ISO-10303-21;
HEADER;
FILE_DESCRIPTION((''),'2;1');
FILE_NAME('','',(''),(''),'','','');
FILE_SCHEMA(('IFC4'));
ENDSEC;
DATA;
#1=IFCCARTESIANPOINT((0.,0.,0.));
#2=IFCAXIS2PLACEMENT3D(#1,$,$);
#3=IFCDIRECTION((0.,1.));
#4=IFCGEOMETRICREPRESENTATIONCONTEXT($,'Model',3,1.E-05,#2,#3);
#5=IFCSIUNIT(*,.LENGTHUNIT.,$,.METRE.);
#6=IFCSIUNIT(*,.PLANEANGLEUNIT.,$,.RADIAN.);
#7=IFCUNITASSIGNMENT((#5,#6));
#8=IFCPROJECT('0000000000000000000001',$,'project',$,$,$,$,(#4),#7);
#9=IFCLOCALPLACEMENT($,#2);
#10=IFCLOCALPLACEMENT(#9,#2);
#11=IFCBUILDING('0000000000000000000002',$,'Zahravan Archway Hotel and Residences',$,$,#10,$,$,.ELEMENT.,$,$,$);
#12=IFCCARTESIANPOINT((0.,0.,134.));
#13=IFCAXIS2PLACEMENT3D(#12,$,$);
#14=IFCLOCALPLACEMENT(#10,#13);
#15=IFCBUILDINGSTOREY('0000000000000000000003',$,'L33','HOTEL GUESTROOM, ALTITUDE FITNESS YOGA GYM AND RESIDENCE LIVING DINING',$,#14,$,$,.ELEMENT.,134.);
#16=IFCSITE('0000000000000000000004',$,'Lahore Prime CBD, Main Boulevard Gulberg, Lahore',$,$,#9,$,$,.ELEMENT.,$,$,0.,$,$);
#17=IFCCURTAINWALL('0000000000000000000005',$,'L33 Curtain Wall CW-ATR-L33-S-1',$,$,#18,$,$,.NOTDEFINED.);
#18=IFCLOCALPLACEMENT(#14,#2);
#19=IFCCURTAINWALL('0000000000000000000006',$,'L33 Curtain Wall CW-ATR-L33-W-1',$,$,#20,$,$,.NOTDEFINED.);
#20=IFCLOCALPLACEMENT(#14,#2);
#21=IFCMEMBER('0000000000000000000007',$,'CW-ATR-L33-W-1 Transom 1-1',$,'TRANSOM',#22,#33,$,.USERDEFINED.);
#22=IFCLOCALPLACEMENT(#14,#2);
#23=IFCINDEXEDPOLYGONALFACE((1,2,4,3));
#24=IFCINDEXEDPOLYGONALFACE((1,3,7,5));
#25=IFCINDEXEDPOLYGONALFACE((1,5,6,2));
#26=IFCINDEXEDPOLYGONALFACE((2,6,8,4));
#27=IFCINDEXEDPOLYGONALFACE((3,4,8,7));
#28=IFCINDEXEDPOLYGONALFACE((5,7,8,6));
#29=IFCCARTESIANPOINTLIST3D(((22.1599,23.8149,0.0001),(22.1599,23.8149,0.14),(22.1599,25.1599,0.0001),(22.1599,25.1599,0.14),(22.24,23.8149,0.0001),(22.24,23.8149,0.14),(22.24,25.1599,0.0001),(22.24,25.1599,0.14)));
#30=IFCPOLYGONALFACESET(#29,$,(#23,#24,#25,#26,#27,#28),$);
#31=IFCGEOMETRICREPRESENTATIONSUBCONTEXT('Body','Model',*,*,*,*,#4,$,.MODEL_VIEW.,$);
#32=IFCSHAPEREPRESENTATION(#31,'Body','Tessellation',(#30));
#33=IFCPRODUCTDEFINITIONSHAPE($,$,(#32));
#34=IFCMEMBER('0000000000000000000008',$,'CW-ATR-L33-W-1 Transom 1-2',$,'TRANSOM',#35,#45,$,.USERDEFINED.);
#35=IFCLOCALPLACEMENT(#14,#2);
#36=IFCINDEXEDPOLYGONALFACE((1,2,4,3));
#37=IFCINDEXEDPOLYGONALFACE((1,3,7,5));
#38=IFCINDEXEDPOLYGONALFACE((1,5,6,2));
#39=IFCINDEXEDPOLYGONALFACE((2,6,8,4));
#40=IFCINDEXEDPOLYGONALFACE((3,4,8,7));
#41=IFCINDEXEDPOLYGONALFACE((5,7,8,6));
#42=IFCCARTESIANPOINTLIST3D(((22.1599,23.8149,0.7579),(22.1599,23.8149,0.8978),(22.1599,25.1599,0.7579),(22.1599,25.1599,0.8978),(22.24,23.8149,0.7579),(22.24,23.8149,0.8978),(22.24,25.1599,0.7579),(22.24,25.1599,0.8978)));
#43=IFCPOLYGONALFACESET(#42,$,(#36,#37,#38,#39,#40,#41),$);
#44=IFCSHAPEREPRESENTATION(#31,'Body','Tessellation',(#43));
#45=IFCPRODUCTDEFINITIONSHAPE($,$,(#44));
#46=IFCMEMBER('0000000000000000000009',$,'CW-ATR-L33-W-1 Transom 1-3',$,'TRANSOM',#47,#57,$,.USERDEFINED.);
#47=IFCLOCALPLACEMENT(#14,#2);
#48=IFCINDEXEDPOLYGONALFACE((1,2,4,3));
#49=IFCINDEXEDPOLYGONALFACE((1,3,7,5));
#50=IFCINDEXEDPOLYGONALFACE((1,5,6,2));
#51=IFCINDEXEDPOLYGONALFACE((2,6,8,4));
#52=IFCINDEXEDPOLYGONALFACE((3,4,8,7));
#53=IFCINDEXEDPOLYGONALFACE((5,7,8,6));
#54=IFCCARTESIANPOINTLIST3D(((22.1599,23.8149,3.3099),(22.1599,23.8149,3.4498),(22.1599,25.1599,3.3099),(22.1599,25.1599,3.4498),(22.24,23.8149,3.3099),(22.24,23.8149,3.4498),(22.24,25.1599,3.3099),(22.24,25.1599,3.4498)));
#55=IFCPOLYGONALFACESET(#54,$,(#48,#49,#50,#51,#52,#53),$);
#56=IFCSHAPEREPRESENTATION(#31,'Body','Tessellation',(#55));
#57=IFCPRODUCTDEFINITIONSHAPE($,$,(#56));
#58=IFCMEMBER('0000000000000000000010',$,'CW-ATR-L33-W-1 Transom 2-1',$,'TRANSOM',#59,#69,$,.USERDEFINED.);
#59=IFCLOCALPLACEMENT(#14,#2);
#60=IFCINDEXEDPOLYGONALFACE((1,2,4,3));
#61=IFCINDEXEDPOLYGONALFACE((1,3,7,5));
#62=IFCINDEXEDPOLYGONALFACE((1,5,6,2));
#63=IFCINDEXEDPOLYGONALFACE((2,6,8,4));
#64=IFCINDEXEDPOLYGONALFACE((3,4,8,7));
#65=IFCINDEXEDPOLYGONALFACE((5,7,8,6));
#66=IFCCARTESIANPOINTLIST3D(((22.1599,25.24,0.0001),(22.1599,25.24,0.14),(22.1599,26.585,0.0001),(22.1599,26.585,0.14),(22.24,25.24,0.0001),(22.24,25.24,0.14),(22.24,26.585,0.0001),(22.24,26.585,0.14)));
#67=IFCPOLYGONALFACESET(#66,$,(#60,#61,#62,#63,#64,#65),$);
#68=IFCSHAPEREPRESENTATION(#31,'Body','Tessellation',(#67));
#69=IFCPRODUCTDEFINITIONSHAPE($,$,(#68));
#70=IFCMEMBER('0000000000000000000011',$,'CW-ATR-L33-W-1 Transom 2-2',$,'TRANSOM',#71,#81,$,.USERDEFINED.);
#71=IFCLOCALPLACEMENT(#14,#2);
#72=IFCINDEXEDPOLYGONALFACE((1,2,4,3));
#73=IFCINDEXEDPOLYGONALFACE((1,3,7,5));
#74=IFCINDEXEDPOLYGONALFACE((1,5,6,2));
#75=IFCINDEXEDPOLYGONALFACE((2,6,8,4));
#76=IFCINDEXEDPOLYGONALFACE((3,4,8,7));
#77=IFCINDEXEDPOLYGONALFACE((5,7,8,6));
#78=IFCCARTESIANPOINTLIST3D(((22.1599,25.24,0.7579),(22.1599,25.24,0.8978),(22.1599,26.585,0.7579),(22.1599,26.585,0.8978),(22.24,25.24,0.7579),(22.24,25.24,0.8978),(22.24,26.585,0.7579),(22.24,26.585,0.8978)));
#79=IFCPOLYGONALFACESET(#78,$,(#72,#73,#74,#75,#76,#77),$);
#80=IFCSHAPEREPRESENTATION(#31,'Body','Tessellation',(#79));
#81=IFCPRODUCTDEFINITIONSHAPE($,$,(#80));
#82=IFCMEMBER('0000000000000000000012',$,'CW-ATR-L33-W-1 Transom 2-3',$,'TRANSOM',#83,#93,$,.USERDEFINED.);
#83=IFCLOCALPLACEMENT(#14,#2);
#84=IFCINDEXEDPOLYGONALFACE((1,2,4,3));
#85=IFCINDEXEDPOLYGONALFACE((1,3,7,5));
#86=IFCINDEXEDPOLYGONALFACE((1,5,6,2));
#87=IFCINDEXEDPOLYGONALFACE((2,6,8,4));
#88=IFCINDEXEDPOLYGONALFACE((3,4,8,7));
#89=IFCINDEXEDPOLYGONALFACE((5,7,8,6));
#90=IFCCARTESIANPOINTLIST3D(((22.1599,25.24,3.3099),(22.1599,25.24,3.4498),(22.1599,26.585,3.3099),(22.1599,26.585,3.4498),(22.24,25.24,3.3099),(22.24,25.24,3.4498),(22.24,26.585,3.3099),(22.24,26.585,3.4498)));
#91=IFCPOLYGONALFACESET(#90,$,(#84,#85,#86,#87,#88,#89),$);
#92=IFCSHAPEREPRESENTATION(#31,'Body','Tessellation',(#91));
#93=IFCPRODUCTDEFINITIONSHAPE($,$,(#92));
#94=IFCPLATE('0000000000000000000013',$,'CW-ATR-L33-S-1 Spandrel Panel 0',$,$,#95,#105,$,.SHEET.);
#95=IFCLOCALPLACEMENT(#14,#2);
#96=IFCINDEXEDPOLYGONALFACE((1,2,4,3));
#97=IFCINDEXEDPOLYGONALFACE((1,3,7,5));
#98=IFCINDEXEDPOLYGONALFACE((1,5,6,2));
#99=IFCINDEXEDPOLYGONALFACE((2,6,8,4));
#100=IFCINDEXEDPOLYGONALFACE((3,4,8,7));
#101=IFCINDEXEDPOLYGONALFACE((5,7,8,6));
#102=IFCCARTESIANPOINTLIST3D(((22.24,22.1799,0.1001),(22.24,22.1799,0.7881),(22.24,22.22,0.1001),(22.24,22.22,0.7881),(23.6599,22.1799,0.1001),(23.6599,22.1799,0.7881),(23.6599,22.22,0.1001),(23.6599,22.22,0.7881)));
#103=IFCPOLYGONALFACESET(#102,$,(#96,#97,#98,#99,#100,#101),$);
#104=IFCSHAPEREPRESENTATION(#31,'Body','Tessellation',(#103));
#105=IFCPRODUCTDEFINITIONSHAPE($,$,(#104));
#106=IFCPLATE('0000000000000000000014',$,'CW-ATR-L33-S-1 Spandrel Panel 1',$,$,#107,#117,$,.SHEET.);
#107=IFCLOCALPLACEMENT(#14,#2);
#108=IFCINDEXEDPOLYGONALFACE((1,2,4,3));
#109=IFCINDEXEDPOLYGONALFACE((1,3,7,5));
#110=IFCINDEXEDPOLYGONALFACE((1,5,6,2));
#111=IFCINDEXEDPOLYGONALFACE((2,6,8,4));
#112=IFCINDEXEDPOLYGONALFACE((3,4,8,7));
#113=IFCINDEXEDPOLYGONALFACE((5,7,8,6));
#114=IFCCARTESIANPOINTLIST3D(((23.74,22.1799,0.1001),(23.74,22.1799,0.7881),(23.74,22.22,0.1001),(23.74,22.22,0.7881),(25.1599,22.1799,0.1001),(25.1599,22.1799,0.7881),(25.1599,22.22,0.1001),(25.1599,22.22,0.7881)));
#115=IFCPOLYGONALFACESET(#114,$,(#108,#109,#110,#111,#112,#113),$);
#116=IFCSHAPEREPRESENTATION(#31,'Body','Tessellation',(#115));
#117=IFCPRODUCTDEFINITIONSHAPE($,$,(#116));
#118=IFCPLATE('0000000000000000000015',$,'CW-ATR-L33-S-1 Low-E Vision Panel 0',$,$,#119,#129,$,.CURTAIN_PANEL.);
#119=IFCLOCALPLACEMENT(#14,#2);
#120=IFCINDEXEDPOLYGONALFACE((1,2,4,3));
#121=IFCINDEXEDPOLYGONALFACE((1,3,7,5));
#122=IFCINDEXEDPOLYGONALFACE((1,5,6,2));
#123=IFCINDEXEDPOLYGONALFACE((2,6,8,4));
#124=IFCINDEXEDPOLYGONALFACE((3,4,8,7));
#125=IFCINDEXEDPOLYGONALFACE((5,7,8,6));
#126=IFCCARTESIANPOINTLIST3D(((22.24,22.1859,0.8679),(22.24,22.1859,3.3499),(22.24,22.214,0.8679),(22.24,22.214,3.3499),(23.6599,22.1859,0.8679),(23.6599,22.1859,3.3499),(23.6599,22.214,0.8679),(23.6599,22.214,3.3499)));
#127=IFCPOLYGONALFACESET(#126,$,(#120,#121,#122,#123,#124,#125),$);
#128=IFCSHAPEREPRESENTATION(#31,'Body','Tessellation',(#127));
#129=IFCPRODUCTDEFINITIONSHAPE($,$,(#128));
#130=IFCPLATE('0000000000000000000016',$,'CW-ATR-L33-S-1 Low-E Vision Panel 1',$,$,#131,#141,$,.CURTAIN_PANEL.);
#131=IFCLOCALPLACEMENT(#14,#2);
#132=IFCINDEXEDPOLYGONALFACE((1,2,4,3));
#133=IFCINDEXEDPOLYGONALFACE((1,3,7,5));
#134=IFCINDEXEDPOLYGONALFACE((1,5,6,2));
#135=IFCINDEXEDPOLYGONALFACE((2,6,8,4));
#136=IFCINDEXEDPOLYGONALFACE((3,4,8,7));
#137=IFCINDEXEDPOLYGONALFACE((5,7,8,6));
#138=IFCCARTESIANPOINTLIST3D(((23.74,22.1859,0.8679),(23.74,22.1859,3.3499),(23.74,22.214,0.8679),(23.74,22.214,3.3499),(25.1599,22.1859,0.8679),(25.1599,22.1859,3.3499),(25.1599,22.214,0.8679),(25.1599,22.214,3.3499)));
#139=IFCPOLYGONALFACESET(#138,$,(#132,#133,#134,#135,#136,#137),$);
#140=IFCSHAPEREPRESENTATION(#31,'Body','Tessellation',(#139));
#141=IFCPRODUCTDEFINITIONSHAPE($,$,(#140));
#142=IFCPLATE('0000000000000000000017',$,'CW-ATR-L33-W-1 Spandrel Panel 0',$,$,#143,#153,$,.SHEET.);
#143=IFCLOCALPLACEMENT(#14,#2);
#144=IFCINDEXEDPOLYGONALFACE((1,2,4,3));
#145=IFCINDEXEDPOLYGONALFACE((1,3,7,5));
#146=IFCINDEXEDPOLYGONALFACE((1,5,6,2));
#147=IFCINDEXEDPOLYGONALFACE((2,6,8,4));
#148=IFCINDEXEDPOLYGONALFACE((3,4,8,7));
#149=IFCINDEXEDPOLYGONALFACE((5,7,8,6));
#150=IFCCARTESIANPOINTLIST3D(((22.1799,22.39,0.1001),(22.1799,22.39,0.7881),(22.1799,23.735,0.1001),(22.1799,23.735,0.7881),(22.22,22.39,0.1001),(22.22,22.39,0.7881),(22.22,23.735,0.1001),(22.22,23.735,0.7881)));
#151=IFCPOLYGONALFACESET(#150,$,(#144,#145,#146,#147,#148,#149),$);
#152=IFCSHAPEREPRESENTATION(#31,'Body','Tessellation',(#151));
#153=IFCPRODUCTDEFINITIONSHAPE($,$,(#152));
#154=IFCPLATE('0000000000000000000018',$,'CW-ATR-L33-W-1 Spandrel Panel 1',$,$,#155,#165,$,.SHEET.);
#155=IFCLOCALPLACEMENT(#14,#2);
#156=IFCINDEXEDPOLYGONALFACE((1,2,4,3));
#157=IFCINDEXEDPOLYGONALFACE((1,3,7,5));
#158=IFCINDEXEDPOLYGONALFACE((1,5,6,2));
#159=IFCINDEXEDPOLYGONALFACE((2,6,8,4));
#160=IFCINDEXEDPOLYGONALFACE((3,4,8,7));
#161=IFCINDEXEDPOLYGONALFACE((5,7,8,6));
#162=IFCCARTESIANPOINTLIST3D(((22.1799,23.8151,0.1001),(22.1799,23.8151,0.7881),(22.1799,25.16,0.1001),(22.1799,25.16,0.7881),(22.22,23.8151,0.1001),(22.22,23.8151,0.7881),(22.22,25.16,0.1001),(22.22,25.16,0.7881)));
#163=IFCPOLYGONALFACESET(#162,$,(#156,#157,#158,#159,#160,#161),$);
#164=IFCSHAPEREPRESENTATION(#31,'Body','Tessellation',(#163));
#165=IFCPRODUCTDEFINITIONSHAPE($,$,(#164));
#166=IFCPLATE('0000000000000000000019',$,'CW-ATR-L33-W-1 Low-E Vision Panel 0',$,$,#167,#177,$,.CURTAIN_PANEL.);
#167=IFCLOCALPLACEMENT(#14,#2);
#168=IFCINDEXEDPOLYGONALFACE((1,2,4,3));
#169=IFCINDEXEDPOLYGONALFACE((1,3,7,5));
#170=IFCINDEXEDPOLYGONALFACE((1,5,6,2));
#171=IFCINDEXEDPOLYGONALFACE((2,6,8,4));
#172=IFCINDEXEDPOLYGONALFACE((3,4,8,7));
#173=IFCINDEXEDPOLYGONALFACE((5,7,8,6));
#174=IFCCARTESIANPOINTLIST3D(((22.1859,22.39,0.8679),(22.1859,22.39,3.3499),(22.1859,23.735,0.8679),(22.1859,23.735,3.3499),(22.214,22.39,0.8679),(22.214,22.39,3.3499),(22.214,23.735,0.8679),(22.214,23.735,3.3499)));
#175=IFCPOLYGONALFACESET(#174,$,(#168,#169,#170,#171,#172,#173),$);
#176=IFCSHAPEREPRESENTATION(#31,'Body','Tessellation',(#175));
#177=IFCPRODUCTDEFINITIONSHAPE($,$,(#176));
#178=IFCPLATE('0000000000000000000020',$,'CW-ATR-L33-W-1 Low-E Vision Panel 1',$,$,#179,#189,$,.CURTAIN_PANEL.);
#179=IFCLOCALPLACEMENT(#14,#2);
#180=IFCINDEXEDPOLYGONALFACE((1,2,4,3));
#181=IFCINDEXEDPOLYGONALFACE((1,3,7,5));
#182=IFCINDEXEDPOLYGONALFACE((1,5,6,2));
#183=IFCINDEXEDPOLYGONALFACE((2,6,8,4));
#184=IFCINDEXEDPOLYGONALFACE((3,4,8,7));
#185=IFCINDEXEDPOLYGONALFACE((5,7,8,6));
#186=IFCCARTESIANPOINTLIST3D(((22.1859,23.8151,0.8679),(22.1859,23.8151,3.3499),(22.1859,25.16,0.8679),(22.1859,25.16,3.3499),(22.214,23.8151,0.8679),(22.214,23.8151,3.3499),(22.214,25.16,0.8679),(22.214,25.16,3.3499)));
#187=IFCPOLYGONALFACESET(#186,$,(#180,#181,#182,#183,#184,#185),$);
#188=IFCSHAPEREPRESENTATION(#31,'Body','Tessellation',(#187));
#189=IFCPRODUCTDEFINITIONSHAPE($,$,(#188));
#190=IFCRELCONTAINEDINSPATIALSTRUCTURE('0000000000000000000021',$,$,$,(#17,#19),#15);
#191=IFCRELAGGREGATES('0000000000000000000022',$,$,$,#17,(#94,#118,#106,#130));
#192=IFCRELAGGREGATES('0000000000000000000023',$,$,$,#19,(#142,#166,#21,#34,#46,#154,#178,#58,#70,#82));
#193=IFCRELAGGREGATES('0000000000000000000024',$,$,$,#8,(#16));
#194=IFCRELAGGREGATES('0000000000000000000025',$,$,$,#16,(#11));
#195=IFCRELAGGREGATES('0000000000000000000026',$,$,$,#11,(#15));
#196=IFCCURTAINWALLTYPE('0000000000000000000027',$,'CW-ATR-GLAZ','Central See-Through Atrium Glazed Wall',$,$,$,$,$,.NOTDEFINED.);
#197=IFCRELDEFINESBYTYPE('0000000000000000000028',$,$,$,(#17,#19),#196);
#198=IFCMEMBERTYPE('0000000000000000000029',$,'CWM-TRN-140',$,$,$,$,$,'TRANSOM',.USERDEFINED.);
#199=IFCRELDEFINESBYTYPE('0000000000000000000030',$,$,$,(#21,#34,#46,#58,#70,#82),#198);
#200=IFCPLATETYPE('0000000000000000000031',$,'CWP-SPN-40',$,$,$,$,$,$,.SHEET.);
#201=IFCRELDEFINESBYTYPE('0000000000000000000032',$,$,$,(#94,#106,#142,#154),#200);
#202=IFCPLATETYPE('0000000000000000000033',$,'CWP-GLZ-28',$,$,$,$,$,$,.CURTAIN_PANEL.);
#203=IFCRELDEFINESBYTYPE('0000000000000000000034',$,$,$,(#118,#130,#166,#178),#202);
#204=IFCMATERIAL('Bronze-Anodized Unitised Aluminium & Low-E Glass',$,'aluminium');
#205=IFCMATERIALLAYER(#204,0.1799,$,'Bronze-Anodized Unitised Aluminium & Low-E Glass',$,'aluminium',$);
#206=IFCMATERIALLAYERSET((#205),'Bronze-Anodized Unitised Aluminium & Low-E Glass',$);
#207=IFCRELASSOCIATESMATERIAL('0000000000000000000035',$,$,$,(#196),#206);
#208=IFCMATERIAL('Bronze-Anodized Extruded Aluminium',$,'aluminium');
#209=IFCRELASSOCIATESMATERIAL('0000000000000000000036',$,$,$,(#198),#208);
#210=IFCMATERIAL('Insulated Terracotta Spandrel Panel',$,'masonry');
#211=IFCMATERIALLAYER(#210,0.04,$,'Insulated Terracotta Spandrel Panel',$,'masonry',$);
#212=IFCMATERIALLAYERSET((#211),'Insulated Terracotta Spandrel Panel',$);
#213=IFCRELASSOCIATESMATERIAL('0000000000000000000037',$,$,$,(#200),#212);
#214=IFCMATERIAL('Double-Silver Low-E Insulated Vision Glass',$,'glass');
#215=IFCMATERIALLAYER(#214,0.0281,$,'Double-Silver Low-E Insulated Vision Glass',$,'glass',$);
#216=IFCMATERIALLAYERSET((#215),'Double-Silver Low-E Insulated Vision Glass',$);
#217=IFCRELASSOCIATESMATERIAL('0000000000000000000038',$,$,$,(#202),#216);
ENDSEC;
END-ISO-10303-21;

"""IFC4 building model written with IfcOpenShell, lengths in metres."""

from ifc_helpers import new_model, si_unit, direction, frame, origin, origin_2d, place, context, subcontext, project, spatial, rectangle, extrude, source, transform, mapped, material, layer, layer_set, material_profile, profile_set, type_object, element, aggregate, save


model = new_model("IFC4")

# Units and contexts
model_context = context("Model", 3, precision=1e-05, world=origin(), true_north=direction((0.0, 1.0)))
body_context = subcontext(model_context, "Body", "Model", "MODEL_VIEW")
ifc_project = project(units=[si_unit("LENGTHUNIT", "METRE"), si_unit("PLANEANGLEUNIT", "RADIAN")], contexts=[model_context])

# Site, building, storey
site_placement = place(None, origin())
site = spatial("IfcSite", under=ifc_project, at=site_placement, Name="Lahore Prime CBD, Main Boulevard Gulberg, Lahore", CompositionType="ELEMENT", RefElevation=0.0)
building_placement = place(site_placement, origin())
building = spatial("IfcBuilding", under=site, at=building_placement, Name="Zahravan Archway Hotel and Residences", CompositionType="ELEMENT")
storey_placement = place(building_placement, frame((0.0, 0.0, 134.0)))
storey = spatial("IfcBuildingStorey", under=building, at=storey_placement, Name="L33", Description="HOTEL GUESTROOM, ALTITUDE FITNESS YOGA GYM AND RESIDENCE LIVING DINING", CompositionType="ELEMENT", Elevation=134.0)

# Curtain walls
ifc_material_1 = material(Name="Bronze-Anodized Unitised Aluminium & Low-E Glass", Category="aluminium")
ifc_layer_1 = layer(ifc_material_1, 0.1799, Name="Bronze-Anodized Unitised Aluminium & Low-E Glass", Category="aluminium")
ifc_layer_set_1 = layer_set([ifc_layer_1], Name="Bronze-Anodized Unitised Aluminium & Low-E Glass")
curtain_wall_type = type_object("IfcCurtainWallType", Name="CW-ATR-GLAZ", Description="Central See-Through Atrium Glazed Wall", PredefinedType="NOTDEFINED", material=ifc_layer_set_1)
curtain_wall_1_placement = place(storey_placement, origin())
curtain_wall_1 = element("IfcCurtainWall", 1, at=curtain_wall_1_placement, inside=storey, type_object=curtain_wall_type, Name="L33 Curtain Wall CW-ATR-L33-S-1", PredefinedType="NOTDEFINED")
ifc_material_2 = material(Name="Bronze-Anodized Extruded Aluminium", Category="aluminium")
curtain_wall_2_placement = place(storey_placement, origin())
curtain_wall_2 = element("IfcCurtainWall", 2, at=curtain_wall_2_placement, inside=storey, type_object=curtain_wall_type, Name="L33 Curtain Wall CW-ATR-L33-W-1", PredefinedType="NOTDEFINED")

# Members
ifc_material_profile_1 = material_profile(ifc_material_2, rectangle(XDim=0.0801, YDim=0.1399, at=origin_2d()), Name="TRN 80x140", Category="aluminium")
ifc_profile_set_1 = profile_set([ifc_material_profile_1], Name="Bronze-Anodized Extruded Aluminium")
member_type_1 = type_object("IfcMemberType", Name="CWM-TRN-140", ElementType="TRANSOM", PredefinedType="USERDEFINED", material=ifc_profile_set_1)
shared_shape_1 = source(origin(), body_context, "Body", "SweptSolid", [
    extrude(rectangle(XDim=0.0801, YDim=0.1399, at=origin_2d()), origin(), (0.0, 0.0, 1.0), 1.345),
])
member_1_placement = place(storey_placement, frame((22.2, 23.8149, 0.0701), z_axis=(0.0, 1.0, 0.0), x_axis=(-1.0, 0.0, 0.0)))
member_1 = element("IfcMember", 3, at=member_1_placement, type_object=member_type_1, Name="CW-ATR-L33-W-1 Transom 1-1", ObjectType="TRANSOM", PredefinedType="USERDEFINED", context=body_context, shape_type="MappedRepresentation", body=[
    mapped(shared_shape_1, transform((0.0, 0.0, 0.0), scale=1.0)),
])
member_2_placement = place(storey_placement, frame((22.2, 23.8149, 0.8279), z_axis=(0.0, 1.0, 0.0), x_axis=(-1.0, 0.0, 0.0)))
member_2 = element("IfcMember", 4, at=member_2_placement, type_object=member_type_1, Name="CW-ATR-L33-W-1 Transom 1-2", ObjectType="TRANSOM", PredefinedType="USERDEFINED", context=body_context, shape_type="MappedRepresentation", body=[
    mapped(shared_shape_1, transform((0.0, 0.0, 0.0), scale=1.0)),
])
member_3_placement = place(storey_placement, frame((22.2, 23.8149, 3.3799), z_axis=(0.0, 1.0, 0.0), x_axis=(-1.0, 0.0, 0.0)))
member_3 = element("IfcMember", 5, at=member_3_placement, type_object=member_type_1, Name="CW-ATR-L33-W-1 Transom 1-3", ObjectType="TRANSOM", PredefinedType="USERDEFINED", context=body_context, shape_type="MappedRepresentation", body=[
    mapped(shared_shape_1, transform((0.0, 0.0, 0.0), scale=1.0)),
])
member_4_placement = place(storey_placement, frame((22.2, 25.24, 0.0701), z_axis=(0.0, 1.0, 0.0), x_axis=(-1.0, 0.0, 0.0)))
member_4 = element("IfcMember", 6, at=member_4_placement, type_object=member_type_1, Name="CW-ATR-L33-W-1 Transom 2-1", ObjectType="TRANSOM", PredefinedType="USERDEFINED", context=body_context, shape_type="MappedRepresentation", body=[
    mapped(shared_shape_1, transform((0.0, 0.0, 0.0), scale=1.0)),
])
member_5_placement = place(storey_placement, frame((22.2, 25.24, 0.8279), z_axis=(0.0, 1.0, 0.0), x_axis=(-1.0, 0.0, 0.0)))
member_5 = element("IfcMember", 7, at=member_5_placement, type_object=member_type_1, Name="CW-ATR-L33-W-1 Transom 2-2", ObjectType="TRANSOM", PredefinedType="USERDEFINED", context=body_context, shape_type="MappedRepresentation", body=[
    mapped(shared_shape_1, transform((0.0, 0.0, 0.0), scale=1.0)),
])
member_6_placement = place(storey_placement, frame((22.2, 25.24, 3.3799), z_axis=(0.0, 1.0, 0.0), x_axis=(-1.0, 0.0, 0.0)))
member_6 = element("IfcMember", 8, at=member_6_placement, type_object=member_type_1, Name="CW-ATR-L33-W-1 Transom 2-3", ObjectType="TRANSOM", PredefinedType="USERDEFINED", context=body_context, shape_type="MappedRepresentation", body=[
    mapped(shared_shape_1, transform((0.0, 0.0, 0.0), scale=1.0)),
])

# Plates
ifc_material_3 = material(Name="Insulated Terracotta Spandrel Panel", Category="masonry")
ifc_layer_2 = layer(ifc_material_3, 0.04, Name="Insulated Terracotta Spandrel Panel", Category="masonry")
ifc_layer_set_2 = layer_set([ifc_layer_2], Name="Insulated Terracotta Spandrel Panel")
plate_type_1 = type_object("IfcPlateType", Name="CWP-SPN-40", PredefinedType="SHEET", material=ifc_layer_set_2)
shared_shape_2 = source(origin(), body_context, "Body", "SweptSolid", [
    extrude(rectangle(XDim=1.4199, YDim=0.04, at=origin_2d()), origin(), (0.0, 0.0, 1.0), 0.688),
])
plate_1_placement = place(storey_placement, frame((22.95, 22.2, 0.1001), z_axis=(0.0, 0.0, 1.0), x_axis=(1.0, 0.0, 0.0)))
plate_1 = element("IfcPlate", 9, at=plate_1_placement, type_object=plate_type_1, Name="CW-ATR-L33-S-1 Spandrel Panel 0", PredefinedType="SHEET", context=body_context, shape_type="MappedRepresentation", body=[
    mapped(shared_shape_2, transform((0.0, 0.0, 0.0), scale=1.0)),
])
plate_2_placement = place(storey_placement, frame((24.45, 22.2, 0.1001), z_axis=(0.0, 0.0, 1.0), x_axis=(1.0, 0.0, 0.0)))
plate_2 = element("IfcPlate", 10, at=plate_2_placement, type_object=plate_type_1, Name="CW-ATR-L33-S-1 Spandrel Panel 1", PredefinedType="SHEET", context=body_context, shape_type="MappedRepresentation", body=[
    mapped(shared_shape_2, transform((0.0, 0.0, 0.0), scale=1.0)),
])
ifc_material_4 = material(Name="Double-Silver Low-E Insulated Vision Glass", Category="glass")
ifc_layer_3 = layer(ifc_material_4, 0.0281, Name="Double-Silver Low-E Insulated Vision Glass", Category="glass")
ifc_layer_set_3 = layer_set([ifc_layer_3], Name="Double-Silver Low-E Insulated Vision Glass")
plate_type_2 = type_object("IfcPlateType", Name="CWP-GLZ-28", PredefinedType="CURTAIN_PANEL", material=ifc_layer_set_3)
shared_shape_3 = source(origin(), body_context, "Body", "SweptSolid", [
    extrude(rectangle(XDim=1.4199, YDim=0.0281, at=origin_2d()), origin(), (0.0, 0.0, 1.0), 2.4819),
])
plate_3_placement = place(storey_placement, frame((22.95, 22.2, 0.8679), z_axis=(0.0, 0.0, 1.0), x_axis=(1.0, 0.0, 0.0)))
plate_3 = element("IfcPlate", 11, at=plate_3_placement, type_object=plate_type_2, Name="CW-ATR-L33-S-1 Low-E Vision Panel 0", PredefinedType="CURTAIN_PANEL", context=body_context, shape_type="MappedRepresentation", body=[
    mapped(shared_shape_3, transform((0.0, 0.0, 0.0), scale=1.0)),
])
plate_4_placement = place(storey_placement, frame((24.45, 22.2, 0.8679), z_axis=(0.0, 0.0, 1.0), x_axis=(1.0, 0.0, 0.0)))
plate_4 = element("IfcPlate", 12, at=plate_4_placement, type_object=plate_type_2, Name="CW-ATR-L33-S-1 Low-E Vision Panel 1", PredefinedType="CURTAIN_PANEL", context=body_context, shape_type="MappedRepresentation", body=[
    mapped(shared_shape_3, transform((0.0, 0.0, 0.0), scale=1.0)),
])
aggregate(curtain_wall_1, [plate_1, plate_3, plate_2, plate_4])
shared_shape_4 = source(origin(), body_context, "Body", "SweptSolid", [
    extrude(rectangle(XDim=1.345, YDim=0.04, at=origin_2d()), origin(), (0.0, 0.0, 1.0), 0.688),
])
plate_5_placement = place(storey_placement, frame((22.2, 23.0625, 0.1001), z_axis=(0.0, 0.0, 1.0), x_axis=(0.0, 1.0, 0.0)))
plate_5 = element("IfcPlate", 13, at=plate_5_placement, type_object=plate_type_1, Name="CW-ATR-L33-W-1 Spandrel Panel 0", PredefinedType="SHEET", context=body_context, shape_type="MappedRepresentation", body=[
    mapped(shared_shape_4, transform((0.0, 0.0, 0.0), scale=1.0)),
])
plate_6_placement = place(storey_placement, frame((22.2, 24.4875, 0.1001), z_axis=(0.0, 0.0, 1.0), x_axis=(0.0, 1.0, 0.0)))
plate_6 = element("IfcPlate", 14, at=plate_6_placement, type_object=plate_type_1, Name="CW-ATR-L33-W-1 Spandrel Panel 1", PredefinedType="SHEET", context=body_context, shape_type="MappedRepresentation", body=[
    mapped(shared_shape_4, transform((0.0, 0.0, 0.0), scale=1.0)),
])
shared_shape_5 = source(origin(), body_context, "Body", "SweptSolid", [
    extrude(rectangle(XDim=1.345, YDim=0.0281, at=origin_2d()), origin(), (0.0, 0.0, 1.0), 2.4819),
])
plate_7_placement = place(storey_placement, frame((22.2, 23.0625, 0.8679), z_axis=(0.0, 0.0, 1.0), x_axis=(0.0, 1.0, 0.0)))
plate_7 = element("IfcPlate", 15, at=plate_7_placement, type_object=plate_type_2, Name="CW-ATR-L33-W-1 Low-E Vision Panel 0", PredefinedType="CURTAIN_PANEL", context=body_context, shape_type="MappedRepresentation", body=[
    mapped(shared_shape_5, transform((0.0, 0.0, 0.0), scale=1.0)),
])
plate_8_placement = place(storey_placement, frame((22.2, 24.4875, 0.8679), z_axis=(0.0, 0.0, 1.0), x_axis=(0.0, 1.0, 0.0)))
plate_8 = element("IfcPlate", 16, at=plate_8_placement, type_object=plate_type_2, Name="CW-ATR-L33-W-1 Low-E Vision Panel 1", PredefinedType="CURTAIN_PANEL", context=body_context, shape_type="MappedRepresentation", body=[
    mapped(shared_shape_5, transform((0.0, 0.0, 0.0), scale=1.0)),
])
aggregate(curtain_wall_2, [plate_5, plate_7, member_1, member_2, member_3, plate_6, plate_8, member_4, member_5, member_6])

save(model, "model.ifc")
